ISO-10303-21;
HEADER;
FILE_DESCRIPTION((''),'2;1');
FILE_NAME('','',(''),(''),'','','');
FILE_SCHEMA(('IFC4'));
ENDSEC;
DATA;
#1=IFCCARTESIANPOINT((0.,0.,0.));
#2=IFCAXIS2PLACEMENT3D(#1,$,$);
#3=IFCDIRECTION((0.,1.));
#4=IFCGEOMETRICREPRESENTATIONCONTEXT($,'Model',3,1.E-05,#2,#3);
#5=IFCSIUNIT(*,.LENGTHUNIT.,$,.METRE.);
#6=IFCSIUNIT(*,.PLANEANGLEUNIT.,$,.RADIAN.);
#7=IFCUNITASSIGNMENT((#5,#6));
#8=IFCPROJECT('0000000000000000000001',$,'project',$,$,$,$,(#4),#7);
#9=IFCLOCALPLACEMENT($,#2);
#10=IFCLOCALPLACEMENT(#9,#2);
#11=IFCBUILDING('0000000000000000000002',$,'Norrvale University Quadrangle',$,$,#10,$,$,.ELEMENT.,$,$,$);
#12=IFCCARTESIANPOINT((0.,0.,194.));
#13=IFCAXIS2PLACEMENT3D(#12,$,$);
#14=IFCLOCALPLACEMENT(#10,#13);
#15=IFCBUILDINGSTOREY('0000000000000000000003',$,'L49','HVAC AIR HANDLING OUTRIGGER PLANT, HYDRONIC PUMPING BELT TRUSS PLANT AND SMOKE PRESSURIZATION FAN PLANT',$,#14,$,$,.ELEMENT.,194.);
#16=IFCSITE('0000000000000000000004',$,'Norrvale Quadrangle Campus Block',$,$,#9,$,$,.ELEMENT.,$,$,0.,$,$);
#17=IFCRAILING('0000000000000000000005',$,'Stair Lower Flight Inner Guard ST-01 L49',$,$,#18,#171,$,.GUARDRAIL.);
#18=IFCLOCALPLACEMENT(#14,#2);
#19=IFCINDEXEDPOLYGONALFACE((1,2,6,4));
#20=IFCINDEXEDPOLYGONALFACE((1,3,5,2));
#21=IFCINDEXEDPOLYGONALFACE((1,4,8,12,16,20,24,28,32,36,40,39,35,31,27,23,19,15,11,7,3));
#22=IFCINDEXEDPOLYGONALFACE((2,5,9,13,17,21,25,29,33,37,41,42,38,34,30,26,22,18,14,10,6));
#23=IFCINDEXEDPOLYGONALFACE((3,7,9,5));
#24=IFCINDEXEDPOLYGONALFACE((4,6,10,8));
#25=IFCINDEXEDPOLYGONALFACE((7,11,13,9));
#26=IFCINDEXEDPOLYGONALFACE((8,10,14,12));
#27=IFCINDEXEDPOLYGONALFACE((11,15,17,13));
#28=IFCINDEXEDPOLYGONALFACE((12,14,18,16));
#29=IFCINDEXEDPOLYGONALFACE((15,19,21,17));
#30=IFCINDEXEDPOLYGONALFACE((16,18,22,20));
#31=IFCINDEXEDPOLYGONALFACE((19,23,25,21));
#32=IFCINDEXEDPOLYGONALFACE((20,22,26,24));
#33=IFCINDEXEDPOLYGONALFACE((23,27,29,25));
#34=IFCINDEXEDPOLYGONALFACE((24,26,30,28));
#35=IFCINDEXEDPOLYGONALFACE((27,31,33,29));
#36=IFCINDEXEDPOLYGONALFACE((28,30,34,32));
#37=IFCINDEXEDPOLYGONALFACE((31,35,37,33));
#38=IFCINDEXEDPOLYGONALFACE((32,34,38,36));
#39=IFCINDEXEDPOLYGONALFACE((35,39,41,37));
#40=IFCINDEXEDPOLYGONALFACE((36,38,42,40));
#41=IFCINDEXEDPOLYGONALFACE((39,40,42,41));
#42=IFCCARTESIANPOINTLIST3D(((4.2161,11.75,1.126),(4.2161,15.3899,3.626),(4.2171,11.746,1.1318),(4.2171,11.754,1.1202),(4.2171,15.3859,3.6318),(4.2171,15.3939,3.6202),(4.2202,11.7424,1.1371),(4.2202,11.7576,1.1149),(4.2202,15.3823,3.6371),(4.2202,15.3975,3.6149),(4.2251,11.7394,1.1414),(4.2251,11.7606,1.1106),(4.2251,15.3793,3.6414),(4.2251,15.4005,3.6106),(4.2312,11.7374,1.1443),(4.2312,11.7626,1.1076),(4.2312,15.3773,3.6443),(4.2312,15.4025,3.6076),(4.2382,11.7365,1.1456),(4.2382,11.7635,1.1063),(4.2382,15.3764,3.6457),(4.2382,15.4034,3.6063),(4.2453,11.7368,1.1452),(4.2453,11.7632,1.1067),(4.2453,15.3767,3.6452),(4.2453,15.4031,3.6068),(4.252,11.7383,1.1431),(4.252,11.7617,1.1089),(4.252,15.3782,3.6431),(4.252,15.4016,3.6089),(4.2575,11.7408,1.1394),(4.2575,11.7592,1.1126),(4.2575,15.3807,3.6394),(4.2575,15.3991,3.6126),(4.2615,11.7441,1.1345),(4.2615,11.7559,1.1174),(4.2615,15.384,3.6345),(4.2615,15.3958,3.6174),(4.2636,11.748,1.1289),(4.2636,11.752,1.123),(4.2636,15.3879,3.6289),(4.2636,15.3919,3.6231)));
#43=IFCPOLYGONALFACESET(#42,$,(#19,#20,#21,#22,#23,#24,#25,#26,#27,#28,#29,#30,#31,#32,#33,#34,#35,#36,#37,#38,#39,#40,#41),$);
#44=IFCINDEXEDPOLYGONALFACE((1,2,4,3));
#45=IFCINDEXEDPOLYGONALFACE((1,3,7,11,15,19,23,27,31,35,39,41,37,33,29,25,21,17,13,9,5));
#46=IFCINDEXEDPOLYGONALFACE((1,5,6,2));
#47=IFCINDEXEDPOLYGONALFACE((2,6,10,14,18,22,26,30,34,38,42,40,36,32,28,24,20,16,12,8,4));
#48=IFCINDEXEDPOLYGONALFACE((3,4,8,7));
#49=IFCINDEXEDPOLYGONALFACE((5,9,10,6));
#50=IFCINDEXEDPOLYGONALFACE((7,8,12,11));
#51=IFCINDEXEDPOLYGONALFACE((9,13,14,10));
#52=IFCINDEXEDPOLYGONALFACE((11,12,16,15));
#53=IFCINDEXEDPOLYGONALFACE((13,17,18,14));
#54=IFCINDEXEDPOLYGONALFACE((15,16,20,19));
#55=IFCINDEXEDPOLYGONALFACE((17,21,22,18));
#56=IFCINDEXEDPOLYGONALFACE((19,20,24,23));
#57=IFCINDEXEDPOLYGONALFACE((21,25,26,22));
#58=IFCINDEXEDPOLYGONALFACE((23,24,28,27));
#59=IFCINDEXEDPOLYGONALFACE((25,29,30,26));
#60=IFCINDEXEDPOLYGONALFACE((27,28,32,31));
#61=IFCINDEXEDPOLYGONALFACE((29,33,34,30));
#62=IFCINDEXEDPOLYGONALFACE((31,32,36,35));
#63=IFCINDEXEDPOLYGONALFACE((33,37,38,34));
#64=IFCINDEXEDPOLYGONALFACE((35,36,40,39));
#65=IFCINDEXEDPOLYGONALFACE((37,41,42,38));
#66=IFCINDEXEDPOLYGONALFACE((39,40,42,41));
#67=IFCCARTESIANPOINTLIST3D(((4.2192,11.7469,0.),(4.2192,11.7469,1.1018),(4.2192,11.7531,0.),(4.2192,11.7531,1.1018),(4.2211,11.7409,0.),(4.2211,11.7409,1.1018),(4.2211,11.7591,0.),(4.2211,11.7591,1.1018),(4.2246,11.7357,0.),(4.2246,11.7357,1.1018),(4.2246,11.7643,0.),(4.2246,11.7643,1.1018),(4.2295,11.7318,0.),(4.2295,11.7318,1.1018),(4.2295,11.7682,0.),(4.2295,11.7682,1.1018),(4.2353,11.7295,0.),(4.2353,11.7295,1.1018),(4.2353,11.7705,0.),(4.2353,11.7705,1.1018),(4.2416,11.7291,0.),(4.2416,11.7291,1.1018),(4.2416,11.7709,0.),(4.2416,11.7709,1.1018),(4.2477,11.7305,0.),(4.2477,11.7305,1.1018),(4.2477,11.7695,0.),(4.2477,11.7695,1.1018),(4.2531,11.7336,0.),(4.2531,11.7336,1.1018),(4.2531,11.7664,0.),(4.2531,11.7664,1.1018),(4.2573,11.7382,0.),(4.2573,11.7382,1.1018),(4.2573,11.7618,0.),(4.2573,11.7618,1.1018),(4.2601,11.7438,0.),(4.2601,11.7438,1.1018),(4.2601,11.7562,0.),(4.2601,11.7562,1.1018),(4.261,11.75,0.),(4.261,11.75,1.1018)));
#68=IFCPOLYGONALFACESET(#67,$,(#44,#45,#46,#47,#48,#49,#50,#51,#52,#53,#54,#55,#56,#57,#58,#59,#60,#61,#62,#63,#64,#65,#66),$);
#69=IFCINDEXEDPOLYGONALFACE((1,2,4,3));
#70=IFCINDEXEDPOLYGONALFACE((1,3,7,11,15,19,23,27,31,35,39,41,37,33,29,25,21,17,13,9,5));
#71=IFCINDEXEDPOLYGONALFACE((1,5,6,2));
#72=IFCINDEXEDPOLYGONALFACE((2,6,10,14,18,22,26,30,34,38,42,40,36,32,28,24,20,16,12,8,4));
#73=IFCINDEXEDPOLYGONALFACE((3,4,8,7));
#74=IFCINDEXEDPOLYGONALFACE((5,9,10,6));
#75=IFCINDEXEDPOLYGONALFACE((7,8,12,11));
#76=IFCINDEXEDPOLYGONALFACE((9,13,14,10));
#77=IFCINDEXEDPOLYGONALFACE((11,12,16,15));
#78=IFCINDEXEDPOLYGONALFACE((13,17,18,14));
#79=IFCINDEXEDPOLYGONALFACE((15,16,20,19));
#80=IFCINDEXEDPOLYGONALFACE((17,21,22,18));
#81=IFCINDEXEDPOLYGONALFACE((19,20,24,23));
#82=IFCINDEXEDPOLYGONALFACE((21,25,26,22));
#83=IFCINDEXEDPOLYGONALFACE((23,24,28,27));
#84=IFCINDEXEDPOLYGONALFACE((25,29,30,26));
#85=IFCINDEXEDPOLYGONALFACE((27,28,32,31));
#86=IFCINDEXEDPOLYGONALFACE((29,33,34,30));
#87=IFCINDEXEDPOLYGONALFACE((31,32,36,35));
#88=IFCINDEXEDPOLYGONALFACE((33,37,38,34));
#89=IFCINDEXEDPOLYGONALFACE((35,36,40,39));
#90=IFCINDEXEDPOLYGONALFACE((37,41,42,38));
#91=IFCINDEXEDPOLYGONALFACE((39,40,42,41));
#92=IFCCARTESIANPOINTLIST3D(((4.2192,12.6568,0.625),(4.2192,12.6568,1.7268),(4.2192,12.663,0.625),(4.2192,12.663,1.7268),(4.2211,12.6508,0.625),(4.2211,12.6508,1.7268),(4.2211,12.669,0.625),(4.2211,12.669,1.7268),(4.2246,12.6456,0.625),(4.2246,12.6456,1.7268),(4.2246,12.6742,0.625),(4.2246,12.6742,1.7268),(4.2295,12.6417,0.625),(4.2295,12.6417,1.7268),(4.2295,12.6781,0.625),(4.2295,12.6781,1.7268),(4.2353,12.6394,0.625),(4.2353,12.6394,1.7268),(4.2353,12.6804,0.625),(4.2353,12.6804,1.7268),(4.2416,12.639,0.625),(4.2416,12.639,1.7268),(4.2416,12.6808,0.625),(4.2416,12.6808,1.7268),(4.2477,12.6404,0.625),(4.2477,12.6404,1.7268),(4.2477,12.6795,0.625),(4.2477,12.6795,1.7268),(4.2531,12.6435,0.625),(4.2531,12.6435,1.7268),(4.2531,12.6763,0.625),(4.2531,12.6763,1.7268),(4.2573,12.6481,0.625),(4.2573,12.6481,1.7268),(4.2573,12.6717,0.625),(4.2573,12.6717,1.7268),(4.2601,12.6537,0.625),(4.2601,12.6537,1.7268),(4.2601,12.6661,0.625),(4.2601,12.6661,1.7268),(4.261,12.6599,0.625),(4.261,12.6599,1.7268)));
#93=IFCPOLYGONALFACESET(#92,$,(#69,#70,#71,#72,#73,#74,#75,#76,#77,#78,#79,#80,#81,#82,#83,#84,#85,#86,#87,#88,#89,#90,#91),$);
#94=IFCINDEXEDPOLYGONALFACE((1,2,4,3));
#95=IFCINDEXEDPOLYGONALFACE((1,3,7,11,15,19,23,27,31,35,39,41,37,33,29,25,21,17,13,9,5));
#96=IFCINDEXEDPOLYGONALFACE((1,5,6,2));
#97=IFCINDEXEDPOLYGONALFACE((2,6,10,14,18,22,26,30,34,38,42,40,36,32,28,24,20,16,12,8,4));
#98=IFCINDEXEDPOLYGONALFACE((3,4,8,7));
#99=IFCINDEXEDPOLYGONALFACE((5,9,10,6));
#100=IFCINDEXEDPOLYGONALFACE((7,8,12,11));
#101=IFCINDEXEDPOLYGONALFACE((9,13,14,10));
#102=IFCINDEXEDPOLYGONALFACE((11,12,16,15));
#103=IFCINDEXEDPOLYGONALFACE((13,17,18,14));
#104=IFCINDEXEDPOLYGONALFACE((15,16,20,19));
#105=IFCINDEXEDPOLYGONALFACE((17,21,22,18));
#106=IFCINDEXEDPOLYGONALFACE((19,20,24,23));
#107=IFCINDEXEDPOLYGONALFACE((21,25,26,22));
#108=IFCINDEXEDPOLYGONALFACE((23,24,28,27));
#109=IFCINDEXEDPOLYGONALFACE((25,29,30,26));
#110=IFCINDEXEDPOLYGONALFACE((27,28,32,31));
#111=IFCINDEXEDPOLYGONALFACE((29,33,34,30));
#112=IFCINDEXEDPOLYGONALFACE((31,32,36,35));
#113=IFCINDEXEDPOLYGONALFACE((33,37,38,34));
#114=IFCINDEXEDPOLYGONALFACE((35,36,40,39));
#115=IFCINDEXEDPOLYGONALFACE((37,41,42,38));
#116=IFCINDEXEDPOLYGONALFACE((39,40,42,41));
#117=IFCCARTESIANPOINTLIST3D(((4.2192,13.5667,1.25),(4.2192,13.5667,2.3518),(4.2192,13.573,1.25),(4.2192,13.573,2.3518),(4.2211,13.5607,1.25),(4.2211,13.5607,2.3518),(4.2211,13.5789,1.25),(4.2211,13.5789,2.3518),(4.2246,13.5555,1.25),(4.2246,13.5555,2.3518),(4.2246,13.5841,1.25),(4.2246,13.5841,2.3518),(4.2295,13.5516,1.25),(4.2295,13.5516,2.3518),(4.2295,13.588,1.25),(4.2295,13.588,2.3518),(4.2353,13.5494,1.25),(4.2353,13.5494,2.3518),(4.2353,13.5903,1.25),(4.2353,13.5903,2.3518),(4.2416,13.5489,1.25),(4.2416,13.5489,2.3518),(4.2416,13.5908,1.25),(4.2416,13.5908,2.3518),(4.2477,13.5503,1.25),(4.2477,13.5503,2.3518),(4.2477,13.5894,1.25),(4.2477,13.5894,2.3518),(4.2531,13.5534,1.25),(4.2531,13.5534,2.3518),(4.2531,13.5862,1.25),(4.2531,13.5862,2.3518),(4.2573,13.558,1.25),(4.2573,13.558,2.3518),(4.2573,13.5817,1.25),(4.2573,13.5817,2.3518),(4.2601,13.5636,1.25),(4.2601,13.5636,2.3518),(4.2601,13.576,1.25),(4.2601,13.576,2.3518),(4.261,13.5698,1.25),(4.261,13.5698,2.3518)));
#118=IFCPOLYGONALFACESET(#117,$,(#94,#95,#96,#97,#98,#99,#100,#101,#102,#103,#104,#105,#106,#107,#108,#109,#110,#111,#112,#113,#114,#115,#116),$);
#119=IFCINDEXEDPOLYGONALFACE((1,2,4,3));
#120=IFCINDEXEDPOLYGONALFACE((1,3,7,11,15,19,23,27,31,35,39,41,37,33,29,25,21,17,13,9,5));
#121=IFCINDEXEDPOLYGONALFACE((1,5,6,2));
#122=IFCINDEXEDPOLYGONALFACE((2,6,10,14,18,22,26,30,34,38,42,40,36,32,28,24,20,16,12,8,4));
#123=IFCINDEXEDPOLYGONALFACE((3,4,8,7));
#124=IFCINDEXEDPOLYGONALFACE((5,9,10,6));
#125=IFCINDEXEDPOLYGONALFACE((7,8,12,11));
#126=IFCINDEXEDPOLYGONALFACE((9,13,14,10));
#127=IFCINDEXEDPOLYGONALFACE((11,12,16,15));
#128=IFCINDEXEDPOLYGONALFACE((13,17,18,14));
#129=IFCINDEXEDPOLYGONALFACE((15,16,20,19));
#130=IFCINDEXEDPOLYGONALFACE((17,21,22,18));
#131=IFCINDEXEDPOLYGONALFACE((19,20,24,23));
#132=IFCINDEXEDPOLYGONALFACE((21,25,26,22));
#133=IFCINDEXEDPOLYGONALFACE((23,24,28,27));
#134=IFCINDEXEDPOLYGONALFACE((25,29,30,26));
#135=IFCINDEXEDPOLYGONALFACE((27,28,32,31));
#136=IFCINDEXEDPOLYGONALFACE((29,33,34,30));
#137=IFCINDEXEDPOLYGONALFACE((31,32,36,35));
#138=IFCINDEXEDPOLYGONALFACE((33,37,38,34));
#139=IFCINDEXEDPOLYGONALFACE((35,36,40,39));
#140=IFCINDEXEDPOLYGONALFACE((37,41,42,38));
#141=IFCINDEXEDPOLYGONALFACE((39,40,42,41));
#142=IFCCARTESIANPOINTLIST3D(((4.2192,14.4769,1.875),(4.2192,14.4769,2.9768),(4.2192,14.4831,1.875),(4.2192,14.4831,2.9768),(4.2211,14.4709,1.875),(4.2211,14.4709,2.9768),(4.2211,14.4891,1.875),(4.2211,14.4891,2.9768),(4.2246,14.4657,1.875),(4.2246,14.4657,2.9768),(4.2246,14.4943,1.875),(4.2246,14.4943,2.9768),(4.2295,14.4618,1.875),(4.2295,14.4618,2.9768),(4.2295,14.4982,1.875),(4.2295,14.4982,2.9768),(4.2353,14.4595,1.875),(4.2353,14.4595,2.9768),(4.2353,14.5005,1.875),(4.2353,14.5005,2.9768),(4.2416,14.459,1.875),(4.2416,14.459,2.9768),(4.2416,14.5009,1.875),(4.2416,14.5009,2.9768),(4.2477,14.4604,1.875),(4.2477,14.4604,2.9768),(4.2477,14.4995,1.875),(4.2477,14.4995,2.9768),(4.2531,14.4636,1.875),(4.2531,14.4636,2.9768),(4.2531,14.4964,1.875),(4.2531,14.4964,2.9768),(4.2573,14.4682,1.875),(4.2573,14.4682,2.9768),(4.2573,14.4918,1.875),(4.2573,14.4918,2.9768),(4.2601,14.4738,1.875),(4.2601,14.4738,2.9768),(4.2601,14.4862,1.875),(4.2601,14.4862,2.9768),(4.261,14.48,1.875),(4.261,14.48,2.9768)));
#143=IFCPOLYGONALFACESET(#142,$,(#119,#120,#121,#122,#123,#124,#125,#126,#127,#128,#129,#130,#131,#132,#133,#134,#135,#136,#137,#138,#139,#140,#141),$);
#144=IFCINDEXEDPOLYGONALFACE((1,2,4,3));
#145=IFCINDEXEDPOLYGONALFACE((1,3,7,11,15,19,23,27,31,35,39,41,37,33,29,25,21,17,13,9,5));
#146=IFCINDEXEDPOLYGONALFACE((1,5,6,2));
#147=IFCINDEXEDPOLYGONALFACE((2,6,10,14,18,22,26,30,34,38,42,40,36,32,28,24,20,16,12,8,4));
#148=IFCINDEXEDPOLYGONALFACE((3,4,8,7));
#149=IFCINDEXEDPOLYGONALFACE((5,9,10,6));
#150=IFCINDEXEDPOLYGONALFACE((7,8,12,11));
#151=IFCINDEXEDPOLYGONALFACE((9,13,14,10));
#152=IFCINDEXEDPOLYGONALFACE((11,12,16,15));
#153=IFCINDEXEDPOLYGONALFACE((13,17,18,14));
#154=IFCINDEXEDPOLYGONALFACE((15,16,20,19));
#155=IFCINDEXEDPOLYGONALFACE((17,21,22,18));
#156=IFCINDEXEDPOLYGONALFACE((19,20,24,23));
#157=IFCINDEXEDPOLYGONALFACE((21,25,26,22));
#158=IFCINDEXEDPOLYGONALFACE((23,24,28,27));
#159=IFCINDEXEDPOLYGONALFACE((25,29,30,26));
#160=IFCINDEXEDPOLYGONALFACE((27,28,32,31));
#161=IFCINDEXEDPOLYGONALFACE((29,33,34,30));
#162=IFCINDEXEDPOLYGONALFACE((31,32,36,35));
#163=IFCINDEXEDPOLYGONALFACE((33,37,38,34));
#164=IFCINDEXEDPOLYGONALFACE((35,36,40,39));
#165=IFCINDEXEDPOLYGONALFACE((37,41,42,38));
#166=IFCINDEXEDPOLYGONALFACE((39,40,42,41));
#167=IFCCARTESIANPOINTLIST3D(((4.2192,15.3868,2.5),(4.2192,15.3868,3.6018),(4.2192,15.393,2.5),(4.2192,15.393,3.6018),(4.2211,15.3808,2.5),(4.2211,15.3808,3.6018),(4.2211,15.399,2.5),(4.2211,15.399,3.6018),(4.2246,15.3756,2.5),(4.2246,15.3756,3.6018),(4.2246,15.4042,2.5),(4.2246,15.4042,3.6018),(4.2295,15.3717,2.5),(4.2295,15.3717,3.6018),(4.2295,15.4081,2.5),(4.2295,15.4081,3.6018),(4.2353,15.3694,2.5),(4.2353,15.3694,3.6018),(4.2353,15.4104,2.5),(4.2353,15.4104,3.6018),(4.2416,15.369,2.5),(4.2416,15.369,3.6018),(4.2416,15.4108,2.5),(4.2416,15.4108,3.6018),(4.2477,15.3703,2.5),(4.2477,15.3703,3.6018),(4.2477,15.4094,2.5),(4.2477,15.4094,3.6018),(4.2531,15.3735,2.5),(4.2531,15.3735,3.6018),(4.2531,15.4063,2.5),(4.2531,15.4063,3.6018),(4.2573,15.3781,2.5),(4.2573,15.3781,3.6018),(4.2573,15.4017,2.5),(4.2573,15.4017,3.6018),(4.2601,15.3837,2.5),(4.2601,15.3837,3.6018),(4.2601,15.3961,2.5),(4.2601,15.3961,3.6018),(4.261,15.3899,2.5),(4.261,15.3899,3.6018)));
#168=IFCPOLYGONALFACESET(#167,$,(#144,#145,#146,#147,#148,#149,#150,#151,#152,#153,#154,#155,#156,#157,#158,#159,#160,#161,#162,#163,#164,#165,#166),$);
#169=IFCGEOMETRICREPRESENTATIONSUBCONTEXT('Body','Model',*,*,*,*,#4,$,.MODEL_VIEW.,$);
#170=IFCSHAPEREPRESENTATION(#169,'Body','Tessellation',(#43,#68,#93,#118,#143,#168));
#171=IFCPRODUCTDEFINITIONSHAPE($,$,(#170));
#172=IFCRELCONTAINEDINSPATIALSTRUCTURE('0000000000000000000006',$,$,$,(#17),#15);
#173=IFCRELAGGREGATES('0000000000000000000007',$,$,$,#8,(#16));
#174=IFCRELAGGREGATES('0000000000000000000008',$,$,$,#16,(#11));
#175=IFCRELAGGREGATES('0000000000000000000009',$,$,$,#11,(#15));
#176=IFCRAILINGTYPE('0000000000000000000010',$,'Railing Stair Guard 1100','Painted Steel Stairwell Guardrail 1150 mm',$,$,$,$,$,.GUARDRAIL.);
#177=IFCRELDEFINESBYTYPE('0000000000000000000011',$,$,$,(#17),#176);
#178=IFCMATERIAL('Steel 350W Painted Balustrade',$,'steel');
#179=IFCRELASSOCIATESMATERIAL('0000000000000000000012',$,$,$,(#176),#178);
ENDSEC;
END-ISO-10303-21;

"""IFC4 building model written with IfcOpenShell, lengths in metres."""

from ifc_helpers import new_model, si_unit, direction, frame, origin, origin_2d, place, context, subcontext, project, spatial, circle, extrude, material, type_object, element, save


model = new_model("IFC4")

# Units and contexts
model_context = context("Model", 3, precision=1e-05, world=origin(), true_north=direction((0.0, 1.0)))
body_context = subcontext(model_context, "Body", "Model", "MODEL_VIEW")
ifc_project = project(units=[si_unit("LENGTHUNIT", "METRE"), si_unit("PLANEANGLEUNIT", "RADIAN")], contexts=[model_context])

# Site, building, storey
site_placement = place(None, origin())
site = spatial("IfcSite", under=ifc_project, at=site_placement, Name="Norrvale Quadrangle Campus Block", CompositionType="ELEMENT", RefElevation=0.0)
building_placement = place(site_placement, origin())
building = spatial("IfcBuilding", under=site, at=building_placement, Name="Norrvale University Quadrangle", CompositionType="ELEMENT")
storey_placement = place(building_placement, frame((0.0, 0.0, 194.0)))
storey = spatial("IfcBuildingStorey", under=building, at=storey_placement, Name="L49", Description="HVAC AIR HANDLING OUTRIGGER PLANT, HYDRONIC PUMPING BELT TRUSS PLANT AND SMOKE PRESSURIZATION FAN PLANT", CompositionType="ELEMENT", Elevation=194.0)

# Railing
ifc_material_1 = material(Name="Steel 350W Painted Balustrade", Category="steel")
railing_type_1 = type_object("IfcRailingType", Name="Railing Stair Guard 1100", Description="Painted Steel Stairwell Guardrail 1150 mm", PredefinedType="GUARDRAIL", material=ifc_material_1)
railing_1_placement = place(storey_placement, frame((4.24, 11.75, 0.0)))
element("IfcRailing", 1, at=railing_1_placement, inside=storey, type_object=railing_type_1, Name="Stair Lower Flight Inner Guard ST-01 L49", PredefinedType="GUARDRAIL", context=body_context, shape_type="SweptSolid", body=[
    extrude(circle(Radius=0.0239, at=origin_2d()), frame((0.0, 0.0, 1.126), z_axis=(0.0, 0.824298, 0.566156), x_axis=(-1.0, 0.0, 0.0)), (0.0, 0.0, 1.0), 4.4158),
    extrude(circle(Radius=0.021, at=origin_2d()), origin(), (0.0, 0.0, 1.0), 1.1018),
    extrude(circle(Radius=0.021, at=origin_2d()), frame((0.0, 0.9099, 0.625)), (0.0, 0.0, 1.0), 1.1018),
    extrude(circle(Radius=0.021, at=origin_2d()), frame((0.0, 1.8198, 1.25)), (0.0, 0.0, 1.0), 1.1018),
    extrude(circle(Radius=0.021, at=origin_2d()), frame((0.0, 2.73, 1.875)), (0.0, 0.0, 1.0), 1.1018),
    extrude(circle(Radius=0.021, at=origin_2d()), frame((0.0, 3.6399, 2.5)), (0.0, 0.0, 1.0), 1.1018),
])

save(model, "model.ifc")
